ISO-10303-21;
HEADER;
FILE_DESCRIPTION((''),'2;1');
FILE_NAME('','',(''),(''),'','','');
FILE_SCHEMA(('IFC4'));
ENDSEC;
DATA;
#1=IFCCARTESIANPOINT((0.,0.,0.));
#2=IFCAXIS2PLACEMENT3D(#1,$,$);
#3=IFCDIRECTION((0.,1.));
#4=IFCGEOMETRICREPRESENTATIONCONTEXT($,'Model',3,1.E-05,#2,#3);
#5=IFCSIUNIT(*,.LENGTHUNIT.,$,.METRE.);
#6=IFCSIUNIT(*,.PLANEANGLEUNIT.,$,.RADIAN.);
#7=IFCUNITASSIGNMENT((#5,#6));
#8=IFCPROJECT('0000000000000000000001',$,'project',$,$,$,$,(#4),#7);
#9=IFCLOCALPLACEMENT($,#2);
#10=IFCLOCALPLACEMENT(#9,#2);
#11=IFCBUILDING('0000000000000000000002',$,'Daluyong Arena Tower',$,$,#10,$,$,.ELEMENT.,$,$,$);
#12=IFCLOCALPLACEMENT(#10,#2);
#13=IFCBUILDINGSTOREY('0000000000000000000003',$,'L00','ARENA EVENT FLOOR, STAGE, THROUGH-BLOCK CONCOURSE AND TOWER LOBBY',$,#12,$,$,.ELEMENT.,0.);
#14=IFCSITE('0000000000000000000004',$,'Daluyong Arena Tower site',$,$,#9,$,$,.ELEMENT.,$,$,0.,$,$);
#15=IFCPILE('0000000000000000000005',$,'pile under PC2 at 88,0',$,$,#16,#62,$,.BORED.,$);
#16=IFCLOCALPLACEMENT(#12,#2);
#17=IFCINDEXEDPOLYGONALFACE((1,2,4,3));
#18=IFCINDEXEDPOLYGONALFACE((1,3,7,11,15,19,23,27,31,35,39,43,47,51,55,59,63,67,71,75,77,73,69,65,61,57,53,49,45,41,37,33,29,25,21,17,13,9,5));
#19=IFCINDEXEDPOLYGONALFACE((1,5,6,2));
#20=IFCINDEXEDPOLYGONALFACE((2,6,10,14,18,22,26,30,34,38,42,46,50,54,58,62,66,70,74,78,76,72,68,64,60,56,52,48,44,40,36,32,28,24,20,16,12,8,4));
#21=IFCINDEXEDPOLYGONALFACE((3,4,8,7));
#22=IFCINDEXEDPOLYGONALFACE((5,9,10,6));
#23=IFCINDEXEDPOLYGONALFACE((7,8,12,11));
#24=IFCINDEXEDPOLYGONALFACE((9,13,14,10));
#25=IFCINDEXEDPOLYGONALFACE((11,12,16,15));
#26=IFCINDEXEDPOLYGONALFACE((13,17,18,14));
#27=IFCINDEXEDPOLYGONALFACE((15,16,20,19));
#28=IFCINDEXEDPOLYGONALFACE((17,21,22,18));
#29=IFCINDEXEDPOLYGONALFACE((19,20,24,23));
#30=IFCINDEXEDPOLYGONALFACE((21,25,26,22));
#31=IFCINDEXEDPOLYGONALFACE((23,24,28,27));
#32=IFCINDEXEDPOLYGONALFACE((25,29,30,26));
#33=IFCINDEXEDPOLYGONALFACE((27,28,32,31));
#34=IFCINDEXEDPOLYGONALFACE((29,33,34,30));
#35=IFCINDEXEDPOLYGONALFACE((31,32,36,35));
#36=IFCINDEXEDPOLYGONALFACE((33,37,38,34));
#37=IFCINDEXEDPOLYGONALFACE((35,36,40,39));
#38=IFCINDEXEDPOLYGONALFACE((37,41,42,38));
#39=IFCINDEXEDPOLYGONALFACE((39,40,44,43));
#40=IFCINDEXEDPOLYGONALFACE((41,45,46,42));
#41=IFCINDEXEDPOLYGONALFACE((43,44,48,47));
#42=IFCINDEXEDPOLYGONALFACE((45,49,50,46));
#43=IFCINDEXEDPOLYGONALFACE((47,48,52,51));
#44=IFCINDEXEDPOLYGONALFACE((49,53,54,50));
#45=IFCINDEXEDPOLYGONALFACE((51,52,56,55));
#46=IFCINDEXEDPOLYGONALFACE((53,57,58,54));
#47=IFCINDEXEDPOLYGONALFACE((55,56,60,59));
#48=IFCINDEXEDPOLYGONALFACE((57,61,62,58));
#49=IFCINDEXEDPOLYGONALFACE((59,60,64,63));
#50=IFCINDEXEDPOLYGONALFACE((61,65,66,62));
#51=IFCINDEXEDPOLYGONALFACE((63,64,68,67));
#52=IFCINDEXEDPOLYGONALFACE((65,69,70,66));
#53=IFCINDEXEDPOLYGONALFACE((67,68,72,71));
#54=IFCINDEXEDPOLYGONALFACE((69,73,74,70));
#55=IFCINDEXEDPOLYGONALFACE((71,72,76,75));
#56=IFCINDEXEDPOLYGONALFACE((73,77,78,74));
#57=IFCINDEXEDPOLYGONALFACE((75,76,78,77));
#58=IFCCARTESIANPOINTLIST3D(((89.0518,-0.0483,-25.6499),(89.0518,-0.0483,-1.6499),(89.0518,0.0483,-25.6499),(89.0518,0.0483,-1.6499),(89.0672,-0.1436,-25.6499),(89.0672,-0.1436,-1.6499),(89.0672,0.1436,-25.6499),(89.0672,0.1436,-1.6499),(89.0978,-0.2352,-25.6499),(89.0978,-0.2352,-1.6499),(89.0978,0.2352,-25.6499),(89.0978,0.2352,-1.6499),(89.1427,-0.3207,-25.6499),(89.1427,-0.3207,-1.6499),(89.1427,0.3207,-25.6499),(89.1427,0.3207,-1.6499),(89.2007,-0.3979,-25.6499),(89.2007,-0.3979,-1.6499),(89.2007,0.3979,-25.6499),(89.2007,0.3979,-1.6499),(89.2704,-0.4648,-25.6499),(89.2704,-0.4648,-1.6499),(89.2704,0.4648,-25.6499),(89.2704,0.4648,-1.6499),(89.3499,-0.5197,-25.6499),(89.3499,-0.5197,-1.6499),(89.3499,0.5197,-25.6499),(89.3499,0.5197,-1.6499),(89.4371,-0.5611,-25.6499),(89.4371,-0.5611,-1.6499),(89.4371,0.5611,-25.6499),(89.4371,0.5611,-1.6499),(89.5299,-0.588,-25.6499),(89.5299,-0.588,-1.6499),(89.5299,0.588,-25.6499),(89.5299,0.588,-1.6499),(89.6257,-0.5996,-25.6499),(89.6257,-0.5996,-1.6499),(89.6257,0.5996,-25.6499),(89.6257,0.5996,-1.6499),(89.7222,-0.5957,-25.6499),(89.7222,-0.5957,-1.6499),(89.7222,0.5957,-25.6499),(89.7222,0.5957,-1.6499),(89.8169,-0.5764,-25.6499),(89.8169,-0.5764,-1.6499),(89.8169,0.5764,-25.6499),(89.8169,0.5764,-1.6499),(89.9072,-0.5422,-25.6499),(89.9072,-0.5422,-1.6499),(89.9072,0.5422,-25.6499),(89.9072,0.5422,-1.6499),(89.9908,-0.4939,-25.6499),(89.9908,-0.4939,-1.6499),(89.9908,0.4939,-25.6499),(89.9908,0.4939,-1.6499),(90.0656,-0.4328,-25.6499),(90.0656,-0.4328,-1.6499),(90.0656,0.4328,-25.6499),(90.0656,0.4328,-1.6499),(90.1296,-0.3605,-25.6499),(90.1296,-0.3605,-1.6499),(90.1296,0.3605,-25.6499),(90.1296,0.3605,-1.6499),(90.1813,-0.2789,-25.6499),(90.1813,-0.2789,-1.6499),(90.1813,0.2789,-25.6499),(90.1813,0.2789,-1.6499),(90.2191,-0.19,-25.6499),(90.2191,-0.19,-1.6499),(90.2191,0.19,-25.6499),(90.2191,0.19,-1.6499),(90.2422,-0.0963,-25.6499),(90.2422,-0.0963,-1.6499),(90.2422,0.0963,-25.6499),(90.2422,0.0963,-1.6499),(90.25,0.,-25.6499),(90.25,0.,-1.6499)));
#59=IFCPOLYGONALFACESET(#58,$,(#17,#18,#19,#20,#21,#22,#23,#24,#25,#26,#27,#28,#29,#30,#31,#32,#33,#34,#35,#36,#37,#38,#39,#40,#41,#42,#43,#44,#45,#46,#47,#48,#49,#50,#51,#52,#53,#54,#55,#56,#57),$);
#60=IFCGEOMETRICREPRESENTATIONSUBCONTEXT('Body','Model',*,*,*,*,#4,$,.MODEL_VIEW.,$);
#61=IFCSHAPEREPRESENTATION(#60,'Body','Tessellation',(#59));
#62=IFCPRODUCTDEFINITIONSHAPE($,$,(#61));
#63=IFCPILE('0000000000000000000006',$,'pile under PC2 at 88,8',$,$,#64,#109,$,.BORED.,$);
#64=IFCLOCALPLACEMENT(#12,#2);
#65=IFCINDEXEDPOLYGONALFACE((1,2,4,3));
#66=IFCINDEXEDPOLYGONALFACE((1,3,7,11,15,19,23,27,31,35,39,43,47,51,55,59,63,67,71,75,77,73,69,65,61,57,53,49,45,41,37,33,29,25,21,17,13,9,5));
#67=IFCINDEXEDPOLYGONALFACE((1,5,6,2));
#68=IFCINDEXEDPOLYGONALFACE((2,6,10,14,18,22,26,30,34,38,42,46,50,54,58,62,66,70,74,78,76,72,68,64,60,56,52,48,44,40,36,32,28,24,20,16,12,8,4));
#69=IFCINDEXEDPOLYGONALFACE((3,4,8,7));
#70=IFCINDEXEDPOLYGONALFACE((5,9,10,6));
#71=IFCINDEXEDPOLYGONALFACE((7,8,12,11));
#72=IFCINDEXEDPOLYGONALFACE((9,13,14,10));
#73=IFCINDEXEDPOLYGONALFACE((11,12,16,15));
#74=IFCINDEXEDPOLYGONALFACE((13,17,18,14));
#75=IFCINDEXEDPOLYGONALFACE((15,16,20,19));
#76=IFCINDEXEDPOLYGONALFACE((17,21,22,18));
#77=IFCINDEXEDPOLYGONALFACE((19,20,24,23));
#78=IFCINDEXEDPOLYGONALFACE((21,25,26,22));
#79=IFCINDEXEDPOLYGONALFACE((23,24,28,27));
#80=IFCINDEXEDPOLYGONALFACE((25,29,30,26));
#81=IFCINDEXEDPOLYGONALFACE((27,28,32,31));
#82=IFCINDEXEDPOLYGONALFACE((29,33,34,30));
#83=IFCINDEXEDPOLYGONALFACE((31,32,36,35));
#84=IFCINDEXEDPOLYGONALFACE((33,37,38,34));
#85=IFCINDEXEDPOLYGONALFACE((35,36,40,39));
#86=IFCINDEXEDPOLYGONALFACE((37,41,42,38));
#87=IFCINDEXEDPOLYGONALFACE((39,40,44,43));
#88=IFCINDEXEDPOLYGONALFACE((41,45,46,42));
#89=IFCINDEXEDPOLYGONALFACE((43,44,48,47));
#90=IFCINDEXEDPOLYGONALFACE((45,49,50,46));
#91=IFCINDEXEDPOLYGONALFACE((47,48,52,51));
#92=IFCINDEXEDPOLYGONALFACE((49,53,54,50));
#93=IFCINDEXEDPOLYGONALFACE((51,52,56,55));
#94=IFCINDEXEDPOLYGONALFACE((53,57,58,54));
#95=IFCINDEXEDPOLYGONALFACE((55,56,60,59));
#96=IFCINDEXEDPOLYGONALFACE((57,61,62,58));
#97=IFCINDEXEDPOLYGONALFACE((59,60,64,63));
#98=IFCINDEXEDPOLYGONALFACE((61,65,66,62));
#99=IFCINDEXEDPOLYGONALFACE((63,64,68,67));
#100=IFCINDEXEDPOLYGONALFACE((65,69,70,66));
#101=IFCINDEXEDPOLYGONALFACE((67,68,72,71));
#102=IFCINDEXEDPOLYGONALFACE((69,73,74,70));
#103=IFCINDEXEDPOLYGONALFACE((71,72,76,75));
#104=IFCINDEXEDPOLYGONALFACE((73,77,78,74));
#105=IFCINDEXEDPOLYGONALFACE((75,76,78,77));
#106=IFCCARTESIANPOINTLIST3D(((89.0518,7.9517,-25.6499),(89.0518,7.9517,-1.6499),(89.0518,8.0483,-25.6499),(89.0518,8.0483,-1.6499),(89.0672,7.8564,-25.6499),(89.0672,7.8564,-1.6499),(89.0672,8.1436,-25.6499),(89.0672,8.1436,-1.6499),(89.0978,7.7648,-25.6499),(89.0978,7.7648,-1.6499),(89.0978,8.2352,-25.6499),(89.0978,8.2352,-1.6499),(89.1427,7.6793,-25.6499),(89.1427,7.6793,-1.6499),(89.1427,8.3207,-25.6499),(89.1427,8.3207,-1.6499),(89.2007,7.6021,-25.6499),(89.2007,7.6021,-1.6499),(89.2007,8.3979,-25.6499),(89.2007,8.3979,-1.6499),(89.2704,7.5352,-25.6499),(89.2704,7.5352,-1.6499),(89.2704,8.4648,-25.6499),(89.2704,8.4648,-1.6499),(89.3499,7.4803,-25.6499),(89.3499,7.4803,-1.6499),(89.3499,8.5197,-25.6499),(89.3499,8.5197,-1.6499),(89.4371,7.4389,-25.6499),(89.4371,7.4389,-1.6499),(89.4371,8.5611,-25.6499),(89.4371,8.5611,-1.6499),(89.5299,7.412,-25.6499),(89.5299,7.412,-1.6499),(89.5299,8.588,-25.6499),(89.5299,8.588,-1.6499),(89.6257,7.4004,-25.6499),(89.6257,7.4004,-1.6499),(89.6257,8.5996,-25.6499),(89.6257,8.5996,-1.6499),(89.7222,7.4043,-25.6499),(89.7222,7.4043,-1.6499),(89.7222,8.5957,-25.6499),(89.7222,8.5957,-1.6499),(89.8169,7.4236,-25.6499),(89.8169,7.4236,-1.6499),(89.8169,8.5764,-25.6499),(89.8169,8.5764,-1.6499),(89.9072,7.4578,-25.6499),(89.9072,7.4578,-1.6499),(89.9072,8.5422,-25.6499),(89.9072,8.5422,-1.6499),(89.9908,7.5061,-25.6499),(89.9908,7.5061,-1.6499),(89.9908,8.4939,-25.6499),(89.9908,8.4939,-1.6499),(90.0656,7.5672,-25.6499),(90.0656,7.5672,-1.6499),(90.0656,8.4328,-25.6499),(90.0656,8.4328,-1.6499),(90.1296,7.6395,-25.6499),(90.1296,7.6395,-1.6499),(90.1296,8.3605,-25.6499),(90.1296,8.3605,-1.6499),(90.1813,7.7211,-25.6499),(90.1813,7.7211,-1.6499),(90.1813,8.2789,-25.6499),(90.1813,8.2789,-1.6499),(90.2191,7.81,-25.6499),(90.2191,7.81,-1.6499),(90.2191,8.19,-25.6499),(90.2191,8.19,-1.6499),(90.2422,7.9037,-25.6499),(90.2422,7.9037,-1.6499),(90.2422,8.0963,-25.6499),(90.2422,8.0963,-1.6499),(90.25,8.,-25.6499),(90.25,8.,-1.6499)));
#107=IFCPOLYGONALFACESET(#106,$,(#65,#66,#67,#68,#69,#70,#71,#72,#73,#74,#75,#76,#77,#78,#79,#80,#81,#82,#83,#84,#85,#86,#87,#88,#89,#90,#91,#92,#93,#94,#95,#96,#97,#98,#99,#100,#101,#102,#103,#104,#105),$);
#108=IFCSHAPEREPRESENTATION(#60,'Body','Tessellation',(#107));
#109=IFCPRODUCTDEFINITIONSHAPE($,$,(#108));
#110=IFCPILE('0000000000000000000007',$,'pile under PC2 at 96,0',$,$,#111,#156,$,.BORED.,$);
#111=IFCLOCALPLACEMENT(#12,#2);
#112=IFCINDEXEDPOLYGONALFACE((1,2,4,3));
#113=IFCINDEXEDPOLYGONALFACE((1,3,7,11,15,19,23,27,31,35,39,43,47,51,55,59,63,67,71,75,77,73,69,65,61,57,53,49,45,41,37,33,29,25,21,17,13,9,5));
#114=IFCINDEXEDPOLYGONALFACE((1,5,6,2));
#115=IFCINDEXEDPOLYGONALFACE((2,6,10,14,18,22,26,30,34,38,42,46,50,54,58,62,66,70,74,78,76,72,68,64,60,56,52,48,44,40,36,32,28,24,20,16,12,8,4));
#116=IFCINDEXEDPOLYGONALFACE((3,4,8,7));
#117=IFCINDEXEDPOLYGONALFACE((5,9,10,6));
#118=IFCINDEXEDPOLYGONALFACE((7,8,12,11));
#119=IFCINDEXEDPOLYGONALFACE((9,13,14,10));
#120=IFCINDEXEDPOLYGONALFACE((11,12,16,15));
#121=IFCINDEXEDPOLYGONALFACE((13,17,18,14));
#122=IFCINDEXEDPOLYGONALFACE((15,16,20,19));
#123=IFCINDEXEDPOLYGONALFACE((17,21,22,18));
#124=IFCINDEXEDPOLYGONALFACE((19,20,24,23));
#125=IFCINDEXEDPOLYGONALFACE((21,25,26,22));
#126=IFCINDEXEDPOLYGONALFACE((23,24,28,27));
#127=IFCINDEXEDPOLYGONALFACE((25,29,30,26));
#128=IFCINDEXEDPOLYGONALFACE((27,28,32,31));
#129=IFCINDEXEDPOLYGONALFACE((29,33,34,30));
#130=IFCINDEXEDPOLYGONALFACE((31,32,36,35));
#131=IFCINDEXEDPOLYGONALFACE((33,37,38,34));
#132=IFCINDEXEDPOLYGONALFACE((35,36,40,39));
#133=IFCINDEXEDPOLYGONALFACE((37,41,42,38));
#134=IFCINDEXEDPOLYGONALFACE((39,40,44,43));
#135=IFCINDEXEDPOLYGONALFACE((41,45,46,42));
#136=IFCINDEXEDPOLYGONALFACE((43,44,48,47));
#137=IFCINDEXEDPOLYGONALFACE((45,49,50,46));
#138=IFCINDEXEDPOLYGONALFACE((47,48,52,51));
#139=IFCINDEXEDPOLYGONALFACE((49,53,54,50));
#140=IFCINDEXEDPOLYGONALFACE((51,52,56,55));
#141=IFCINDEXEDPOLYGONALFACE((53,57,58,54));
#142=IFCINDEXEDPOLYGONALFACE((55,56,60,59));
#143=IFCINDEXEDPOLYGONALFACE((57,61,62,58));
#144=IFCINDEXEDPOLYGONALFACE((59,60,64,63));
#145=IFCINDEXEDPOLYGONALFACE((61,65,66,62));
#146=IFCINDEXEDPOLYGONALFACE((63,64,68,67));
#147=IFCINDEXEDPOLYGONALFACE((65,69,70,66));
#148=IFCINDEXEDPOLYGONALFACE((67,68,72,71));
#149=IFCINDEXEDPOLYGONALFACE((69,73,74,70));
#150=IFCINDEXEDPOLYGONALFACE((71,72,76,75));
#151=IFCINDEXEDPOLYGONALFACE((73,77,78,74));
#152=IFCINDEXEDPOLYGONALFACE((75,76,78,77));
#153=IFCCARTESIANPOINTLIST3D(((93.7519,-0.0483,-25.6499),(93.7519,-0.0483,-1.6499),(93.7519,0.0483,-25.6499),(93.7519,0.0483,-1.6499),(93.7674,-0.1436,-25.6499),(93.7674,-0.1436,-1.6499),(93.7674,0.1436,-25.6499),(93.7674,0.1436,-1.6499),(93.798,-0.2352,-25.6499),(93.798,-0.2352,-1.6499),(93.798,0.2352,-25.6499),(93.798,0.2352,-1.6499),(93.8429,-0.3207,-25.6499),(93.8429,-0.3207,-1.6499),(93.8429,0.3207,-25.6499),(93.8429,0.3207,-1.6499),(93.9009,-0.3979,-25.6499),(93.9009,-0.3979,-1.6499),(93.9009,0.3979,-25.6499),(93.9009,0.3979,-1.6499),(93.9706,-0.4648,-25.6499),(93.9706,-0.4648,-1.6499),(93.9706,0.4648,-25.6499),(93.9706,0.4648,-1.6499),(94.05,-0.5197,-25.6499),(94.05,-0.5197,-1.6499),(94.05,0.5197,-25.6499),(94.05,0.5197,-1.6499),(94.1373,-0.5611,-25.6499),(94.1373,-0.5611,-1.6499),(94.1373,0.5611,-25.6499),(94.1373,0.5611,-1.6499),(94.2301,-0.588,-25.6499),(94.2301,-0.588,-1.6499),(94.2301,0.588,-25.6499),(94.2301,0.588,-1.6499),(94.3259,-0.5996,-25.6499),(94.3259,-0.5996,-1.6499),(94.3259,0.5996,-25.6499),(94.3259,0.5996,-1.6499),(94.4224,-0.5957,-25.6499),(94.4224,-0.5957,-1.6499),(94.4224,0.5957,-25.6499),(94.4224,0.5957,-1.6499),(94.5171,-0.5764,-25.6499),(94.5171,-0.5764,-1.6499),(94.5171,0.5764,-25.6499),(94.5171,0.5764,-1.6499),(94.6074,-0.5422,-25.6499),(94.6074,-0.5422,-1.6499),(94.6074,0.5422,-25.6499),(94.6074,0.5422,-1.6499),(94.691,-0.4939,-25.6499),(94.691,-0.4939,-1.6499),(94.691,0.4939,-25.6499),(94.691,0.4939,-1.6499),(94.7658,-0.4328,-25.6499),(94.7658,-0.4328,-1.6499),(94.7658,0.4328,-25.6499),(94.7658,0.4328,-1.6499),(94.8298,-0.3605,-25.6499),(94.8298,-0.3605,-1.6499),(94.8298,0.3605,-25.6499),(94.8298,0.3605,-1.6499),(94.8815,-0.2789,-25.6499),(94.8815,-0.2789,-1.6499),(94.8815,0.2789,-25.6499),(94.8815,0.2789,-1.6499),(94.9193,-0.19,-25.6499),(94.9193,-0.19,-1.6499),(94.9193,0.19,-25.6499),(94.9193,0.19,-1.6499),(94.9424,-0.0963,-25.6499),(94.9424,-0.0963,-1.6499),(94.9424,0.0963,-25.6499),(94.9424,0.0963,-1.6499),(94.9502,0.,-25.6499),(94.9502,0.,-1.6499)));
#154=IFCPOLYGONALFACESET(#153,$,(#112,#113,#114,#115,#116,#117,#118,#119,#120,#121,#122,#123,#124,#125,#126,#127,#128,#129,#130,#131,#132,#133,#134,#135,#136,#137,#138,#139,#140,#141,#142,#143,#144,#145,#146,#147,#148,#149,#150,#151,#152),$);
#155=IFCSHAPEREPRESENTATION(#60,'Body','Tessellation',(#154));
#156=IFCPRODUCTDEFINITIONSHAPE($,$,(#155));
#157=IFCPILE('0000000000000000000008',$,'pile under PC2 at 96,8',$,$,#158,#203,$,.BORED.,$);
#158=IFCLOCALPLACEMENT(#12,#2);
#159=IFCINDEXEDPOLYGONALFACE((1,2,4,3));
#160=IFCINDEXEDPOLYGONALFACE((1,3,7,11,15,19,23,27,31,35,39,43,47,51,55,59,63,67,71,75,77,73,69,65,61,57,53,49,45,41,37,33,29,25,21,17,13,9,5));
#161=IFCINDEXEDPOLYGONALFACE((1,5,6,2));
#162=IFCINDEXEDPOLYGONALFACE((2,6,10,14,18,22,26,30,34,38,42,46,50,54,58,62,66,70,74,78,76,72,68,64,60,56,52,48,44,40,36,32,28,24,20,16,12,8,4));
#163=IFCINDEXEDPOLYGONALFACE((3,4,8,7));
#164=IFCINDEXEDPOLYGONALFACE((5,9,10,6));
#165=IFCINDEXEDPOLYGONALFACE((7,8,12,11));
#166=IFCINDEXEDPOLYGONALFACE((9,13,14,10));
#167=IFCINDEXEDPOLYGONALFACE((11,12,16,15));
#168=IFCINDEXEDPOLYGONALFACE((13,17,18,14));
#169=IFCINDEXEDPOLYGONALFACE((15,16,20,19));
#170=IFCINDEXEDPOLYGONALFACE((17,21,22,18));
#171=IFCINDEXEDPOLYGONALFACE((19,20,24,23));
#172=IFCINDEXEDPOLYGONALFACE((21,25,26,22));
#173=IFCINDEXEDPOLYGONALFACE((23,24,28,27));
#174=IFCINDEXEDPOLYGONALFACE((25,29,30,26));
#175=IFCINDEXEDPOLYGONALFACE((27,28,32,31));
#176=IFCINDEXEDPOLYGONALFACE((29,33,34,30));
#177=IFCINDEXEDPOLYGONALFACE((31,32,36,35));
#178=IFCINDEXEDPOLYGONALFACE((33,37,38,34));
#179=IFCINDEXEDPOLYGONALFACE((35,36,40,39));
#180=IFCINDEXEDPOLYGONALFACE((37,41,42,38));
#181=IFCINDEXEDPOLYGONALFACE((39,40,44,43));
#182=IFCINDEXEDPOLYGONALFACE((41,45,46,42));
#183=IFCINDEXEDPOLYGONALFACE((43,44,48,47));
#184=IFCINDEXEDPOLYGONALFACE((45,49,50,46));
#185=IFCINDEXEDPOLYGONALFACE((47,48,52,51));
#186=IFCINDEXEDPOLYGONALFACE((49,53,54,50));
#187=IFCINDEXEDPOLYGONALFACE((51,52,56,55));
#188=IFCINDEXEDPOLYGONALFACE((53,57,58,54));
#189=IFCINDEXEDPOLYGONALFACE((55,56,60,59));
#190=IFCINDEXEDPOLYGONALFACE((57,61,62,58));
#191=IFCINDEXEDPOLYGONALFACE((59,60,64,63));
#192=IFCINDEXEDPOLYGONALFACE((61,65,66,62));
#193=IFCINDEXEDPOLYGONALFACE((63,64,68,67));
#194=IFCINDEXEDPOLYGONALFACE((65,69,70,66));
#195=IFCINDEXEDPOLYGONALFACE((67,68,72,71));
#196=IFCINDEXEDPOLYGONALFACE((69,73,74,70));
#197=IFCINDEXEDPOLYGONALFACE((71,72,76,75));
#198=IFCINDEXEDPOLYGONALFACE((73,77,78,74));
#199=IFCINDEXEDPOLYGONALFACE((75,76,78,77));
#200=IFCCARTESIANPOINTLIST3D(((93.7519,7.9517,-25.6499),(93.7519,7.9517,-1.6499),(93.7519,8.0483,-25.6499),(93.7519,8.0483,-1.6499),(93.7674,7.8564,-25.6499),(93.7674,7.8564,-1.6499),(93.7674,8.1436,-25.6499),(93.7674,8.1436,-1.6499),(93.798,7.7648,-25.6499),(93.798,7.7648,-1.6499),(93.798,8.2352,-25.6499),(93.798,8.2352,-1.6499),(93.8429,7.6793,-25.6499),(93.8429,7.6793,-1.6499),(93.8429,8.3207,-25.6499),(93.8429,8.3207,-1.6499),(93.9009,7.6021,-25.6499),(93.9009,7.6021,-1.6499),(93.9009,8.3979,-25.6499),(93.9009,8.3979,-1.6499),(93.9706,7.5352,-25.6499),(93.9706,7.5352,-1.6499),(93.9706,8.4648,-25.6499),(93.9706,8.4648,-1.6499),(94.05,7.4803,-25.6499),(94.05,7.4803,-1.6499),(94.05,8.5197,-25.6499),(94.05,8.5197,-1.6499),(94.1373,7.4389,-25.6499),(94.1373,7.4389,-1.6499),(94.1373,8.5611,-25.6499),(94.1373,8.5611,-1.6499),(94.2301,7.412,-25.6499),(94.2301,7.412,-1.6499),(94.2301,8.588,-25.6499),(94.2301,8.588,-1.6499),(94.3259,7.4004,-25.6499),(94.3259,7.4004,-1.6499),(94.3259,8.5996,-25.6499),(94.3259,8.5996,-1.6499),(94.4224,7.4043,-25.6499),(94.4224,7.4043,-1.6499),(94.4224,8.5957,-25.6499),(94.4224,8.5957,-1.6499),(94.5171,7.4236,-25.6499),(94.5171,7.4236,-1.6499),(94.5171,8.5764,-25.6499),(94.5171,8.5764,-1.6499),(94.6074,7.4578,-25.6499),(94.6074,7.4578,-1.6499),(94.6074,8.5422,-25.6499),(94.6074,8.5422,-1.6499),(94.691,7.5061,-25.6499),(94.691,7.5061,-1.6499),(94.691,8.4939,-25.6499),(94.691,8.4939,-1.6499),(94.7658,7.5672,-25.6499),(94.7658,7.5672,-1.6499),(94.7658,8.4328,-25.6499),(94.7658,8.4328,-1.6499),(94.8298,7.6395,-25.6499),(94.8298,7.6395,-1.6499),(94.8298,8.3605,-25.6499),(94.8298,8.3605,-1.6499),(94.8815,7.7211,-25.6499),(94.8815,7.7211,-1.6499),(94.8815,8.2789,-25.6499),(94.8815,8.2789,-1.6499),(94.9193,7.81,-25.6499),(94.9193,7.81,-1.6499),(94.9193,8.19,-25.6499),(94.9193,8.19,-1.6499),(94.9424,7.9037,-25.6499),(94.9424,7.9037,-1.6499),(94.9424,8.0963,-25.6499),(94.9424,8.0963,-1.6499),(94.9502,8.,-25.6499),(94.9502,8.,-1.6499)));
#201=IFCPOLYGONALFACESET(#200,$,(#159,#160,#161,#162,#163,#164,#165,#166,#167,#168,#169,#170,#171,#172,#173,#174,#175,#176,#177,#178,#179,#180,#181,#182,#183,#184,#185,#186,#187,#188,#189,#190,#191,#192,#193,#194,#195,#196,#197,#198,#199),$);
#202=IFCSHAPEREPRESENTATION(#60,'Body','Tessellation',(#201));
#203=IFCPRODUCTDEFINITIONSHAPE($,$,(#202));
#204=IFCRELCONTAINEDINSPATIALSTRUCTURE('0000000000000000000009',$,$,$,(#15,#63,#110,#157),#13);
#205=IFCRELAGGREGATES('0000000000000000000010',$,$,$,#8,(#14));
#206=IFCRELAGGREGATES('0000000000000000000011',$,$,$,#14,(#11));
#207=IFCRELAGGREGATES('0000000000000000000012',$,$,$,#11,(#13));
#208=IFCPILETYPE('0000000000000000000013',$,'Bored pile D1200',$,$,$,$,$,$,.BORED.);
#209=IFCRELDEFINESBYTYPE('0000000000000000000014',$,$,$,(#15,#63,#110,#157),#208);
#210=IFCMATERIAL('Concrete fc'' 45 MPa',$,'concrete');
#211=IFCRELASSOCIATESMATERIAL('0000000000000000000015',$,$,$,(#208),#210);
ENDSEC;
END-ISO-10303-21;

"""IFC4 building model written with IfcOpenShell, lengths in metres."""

from ifc_helpers import new_model, si_unit, direction, frame, origin, origin_2d, place, context, subcontext, project, spatial, circle, extrude, material, type_object, element, save


model = new_model("IFC4")

# Units and contexts
model_context = context("Model", 3, precision=1e-05, world=origin(), true_north=direction((0.0, 1.0)))
body_context = subcontext(model_context, "Body", "Model", "MODEL_VIEW")
ifc_project = project(units=[si_unit("LENGTHUNIT", "METRE"), si_unit("PLANEANGLEUNIT", "RADIAN")], contexts=[model_context])

# Site, building, storey
site_placement = place(None, origin())
site = spatial("IfcSite", under=ifc_project, at=site_placement, Name="Daluyong Arena Tower site", CompositionType="ELEMENT", RefElevation=0.0)
building_placement = place(site_placement, origin())
building = spatial("IfcBuilding", under=site, at=building_placement, Name="Daluyong Arena Tower", CompositionType="ELEMENT")
storey_placement = place(building_placement, origin())
storey = spatial("IfcBuildingStorey", under=building, at=storey_placement, Name="L00", Description="ARENA EVENT FLOOR, STAGE, THROUGH-BLOCK CONCOURSE AND TOWER LOBBY", CompositionType="ELEMENT", Elevation=0.0)

# Piles
ifc_material_1 = material(Name="Concrete fc' 45 MPa", Category="concrete")
pile_type = type_object("IfcPileType", Name="Bored pile D1200", PredefinedType="BORED", material=ifc_material_1)
for number, where, z_axis, x_axis, name in (
    (1, (89.6499, 0.0, -1.6499), (0.0, 0.0, -1.0), (1.0, 0.0, 0.0), "pile under PC2 at 88,0"),
    (2, (89.6499, 8.0, -1.6499), (0.0, 0.0, -1.0), (1.0, 0.0, 0.0), "pile under PC2 at 88,8"),
    (3, (94.3501, 0.0, -1.6499), (0.0, 0.0, -1.0), (1.0, 0.0, 0.0), "pile under PC2 at 96,0"),
    (4, (94.3501, 8.0, -1.6499), (0.0, 0.0, -1.0), (1.0, 0.0, 0.0), "pile under PC2 at 96,8"),
):
    element("IfcPile", number, at=place(storey_placement, frame(where, z_axis=z_axis, x_axis=x_axis)), inside=storey, type_object=pile_type, Name=name, PredefinedType="BORED", context=body_context, shape_type="SweptSolid", body=[
        extrude(circle(Radius=0.6001, at=origin_2d()), origin(), (0.0, 0.0, 1.0), 24.0),
    ])

save(model, "model.ifc")
